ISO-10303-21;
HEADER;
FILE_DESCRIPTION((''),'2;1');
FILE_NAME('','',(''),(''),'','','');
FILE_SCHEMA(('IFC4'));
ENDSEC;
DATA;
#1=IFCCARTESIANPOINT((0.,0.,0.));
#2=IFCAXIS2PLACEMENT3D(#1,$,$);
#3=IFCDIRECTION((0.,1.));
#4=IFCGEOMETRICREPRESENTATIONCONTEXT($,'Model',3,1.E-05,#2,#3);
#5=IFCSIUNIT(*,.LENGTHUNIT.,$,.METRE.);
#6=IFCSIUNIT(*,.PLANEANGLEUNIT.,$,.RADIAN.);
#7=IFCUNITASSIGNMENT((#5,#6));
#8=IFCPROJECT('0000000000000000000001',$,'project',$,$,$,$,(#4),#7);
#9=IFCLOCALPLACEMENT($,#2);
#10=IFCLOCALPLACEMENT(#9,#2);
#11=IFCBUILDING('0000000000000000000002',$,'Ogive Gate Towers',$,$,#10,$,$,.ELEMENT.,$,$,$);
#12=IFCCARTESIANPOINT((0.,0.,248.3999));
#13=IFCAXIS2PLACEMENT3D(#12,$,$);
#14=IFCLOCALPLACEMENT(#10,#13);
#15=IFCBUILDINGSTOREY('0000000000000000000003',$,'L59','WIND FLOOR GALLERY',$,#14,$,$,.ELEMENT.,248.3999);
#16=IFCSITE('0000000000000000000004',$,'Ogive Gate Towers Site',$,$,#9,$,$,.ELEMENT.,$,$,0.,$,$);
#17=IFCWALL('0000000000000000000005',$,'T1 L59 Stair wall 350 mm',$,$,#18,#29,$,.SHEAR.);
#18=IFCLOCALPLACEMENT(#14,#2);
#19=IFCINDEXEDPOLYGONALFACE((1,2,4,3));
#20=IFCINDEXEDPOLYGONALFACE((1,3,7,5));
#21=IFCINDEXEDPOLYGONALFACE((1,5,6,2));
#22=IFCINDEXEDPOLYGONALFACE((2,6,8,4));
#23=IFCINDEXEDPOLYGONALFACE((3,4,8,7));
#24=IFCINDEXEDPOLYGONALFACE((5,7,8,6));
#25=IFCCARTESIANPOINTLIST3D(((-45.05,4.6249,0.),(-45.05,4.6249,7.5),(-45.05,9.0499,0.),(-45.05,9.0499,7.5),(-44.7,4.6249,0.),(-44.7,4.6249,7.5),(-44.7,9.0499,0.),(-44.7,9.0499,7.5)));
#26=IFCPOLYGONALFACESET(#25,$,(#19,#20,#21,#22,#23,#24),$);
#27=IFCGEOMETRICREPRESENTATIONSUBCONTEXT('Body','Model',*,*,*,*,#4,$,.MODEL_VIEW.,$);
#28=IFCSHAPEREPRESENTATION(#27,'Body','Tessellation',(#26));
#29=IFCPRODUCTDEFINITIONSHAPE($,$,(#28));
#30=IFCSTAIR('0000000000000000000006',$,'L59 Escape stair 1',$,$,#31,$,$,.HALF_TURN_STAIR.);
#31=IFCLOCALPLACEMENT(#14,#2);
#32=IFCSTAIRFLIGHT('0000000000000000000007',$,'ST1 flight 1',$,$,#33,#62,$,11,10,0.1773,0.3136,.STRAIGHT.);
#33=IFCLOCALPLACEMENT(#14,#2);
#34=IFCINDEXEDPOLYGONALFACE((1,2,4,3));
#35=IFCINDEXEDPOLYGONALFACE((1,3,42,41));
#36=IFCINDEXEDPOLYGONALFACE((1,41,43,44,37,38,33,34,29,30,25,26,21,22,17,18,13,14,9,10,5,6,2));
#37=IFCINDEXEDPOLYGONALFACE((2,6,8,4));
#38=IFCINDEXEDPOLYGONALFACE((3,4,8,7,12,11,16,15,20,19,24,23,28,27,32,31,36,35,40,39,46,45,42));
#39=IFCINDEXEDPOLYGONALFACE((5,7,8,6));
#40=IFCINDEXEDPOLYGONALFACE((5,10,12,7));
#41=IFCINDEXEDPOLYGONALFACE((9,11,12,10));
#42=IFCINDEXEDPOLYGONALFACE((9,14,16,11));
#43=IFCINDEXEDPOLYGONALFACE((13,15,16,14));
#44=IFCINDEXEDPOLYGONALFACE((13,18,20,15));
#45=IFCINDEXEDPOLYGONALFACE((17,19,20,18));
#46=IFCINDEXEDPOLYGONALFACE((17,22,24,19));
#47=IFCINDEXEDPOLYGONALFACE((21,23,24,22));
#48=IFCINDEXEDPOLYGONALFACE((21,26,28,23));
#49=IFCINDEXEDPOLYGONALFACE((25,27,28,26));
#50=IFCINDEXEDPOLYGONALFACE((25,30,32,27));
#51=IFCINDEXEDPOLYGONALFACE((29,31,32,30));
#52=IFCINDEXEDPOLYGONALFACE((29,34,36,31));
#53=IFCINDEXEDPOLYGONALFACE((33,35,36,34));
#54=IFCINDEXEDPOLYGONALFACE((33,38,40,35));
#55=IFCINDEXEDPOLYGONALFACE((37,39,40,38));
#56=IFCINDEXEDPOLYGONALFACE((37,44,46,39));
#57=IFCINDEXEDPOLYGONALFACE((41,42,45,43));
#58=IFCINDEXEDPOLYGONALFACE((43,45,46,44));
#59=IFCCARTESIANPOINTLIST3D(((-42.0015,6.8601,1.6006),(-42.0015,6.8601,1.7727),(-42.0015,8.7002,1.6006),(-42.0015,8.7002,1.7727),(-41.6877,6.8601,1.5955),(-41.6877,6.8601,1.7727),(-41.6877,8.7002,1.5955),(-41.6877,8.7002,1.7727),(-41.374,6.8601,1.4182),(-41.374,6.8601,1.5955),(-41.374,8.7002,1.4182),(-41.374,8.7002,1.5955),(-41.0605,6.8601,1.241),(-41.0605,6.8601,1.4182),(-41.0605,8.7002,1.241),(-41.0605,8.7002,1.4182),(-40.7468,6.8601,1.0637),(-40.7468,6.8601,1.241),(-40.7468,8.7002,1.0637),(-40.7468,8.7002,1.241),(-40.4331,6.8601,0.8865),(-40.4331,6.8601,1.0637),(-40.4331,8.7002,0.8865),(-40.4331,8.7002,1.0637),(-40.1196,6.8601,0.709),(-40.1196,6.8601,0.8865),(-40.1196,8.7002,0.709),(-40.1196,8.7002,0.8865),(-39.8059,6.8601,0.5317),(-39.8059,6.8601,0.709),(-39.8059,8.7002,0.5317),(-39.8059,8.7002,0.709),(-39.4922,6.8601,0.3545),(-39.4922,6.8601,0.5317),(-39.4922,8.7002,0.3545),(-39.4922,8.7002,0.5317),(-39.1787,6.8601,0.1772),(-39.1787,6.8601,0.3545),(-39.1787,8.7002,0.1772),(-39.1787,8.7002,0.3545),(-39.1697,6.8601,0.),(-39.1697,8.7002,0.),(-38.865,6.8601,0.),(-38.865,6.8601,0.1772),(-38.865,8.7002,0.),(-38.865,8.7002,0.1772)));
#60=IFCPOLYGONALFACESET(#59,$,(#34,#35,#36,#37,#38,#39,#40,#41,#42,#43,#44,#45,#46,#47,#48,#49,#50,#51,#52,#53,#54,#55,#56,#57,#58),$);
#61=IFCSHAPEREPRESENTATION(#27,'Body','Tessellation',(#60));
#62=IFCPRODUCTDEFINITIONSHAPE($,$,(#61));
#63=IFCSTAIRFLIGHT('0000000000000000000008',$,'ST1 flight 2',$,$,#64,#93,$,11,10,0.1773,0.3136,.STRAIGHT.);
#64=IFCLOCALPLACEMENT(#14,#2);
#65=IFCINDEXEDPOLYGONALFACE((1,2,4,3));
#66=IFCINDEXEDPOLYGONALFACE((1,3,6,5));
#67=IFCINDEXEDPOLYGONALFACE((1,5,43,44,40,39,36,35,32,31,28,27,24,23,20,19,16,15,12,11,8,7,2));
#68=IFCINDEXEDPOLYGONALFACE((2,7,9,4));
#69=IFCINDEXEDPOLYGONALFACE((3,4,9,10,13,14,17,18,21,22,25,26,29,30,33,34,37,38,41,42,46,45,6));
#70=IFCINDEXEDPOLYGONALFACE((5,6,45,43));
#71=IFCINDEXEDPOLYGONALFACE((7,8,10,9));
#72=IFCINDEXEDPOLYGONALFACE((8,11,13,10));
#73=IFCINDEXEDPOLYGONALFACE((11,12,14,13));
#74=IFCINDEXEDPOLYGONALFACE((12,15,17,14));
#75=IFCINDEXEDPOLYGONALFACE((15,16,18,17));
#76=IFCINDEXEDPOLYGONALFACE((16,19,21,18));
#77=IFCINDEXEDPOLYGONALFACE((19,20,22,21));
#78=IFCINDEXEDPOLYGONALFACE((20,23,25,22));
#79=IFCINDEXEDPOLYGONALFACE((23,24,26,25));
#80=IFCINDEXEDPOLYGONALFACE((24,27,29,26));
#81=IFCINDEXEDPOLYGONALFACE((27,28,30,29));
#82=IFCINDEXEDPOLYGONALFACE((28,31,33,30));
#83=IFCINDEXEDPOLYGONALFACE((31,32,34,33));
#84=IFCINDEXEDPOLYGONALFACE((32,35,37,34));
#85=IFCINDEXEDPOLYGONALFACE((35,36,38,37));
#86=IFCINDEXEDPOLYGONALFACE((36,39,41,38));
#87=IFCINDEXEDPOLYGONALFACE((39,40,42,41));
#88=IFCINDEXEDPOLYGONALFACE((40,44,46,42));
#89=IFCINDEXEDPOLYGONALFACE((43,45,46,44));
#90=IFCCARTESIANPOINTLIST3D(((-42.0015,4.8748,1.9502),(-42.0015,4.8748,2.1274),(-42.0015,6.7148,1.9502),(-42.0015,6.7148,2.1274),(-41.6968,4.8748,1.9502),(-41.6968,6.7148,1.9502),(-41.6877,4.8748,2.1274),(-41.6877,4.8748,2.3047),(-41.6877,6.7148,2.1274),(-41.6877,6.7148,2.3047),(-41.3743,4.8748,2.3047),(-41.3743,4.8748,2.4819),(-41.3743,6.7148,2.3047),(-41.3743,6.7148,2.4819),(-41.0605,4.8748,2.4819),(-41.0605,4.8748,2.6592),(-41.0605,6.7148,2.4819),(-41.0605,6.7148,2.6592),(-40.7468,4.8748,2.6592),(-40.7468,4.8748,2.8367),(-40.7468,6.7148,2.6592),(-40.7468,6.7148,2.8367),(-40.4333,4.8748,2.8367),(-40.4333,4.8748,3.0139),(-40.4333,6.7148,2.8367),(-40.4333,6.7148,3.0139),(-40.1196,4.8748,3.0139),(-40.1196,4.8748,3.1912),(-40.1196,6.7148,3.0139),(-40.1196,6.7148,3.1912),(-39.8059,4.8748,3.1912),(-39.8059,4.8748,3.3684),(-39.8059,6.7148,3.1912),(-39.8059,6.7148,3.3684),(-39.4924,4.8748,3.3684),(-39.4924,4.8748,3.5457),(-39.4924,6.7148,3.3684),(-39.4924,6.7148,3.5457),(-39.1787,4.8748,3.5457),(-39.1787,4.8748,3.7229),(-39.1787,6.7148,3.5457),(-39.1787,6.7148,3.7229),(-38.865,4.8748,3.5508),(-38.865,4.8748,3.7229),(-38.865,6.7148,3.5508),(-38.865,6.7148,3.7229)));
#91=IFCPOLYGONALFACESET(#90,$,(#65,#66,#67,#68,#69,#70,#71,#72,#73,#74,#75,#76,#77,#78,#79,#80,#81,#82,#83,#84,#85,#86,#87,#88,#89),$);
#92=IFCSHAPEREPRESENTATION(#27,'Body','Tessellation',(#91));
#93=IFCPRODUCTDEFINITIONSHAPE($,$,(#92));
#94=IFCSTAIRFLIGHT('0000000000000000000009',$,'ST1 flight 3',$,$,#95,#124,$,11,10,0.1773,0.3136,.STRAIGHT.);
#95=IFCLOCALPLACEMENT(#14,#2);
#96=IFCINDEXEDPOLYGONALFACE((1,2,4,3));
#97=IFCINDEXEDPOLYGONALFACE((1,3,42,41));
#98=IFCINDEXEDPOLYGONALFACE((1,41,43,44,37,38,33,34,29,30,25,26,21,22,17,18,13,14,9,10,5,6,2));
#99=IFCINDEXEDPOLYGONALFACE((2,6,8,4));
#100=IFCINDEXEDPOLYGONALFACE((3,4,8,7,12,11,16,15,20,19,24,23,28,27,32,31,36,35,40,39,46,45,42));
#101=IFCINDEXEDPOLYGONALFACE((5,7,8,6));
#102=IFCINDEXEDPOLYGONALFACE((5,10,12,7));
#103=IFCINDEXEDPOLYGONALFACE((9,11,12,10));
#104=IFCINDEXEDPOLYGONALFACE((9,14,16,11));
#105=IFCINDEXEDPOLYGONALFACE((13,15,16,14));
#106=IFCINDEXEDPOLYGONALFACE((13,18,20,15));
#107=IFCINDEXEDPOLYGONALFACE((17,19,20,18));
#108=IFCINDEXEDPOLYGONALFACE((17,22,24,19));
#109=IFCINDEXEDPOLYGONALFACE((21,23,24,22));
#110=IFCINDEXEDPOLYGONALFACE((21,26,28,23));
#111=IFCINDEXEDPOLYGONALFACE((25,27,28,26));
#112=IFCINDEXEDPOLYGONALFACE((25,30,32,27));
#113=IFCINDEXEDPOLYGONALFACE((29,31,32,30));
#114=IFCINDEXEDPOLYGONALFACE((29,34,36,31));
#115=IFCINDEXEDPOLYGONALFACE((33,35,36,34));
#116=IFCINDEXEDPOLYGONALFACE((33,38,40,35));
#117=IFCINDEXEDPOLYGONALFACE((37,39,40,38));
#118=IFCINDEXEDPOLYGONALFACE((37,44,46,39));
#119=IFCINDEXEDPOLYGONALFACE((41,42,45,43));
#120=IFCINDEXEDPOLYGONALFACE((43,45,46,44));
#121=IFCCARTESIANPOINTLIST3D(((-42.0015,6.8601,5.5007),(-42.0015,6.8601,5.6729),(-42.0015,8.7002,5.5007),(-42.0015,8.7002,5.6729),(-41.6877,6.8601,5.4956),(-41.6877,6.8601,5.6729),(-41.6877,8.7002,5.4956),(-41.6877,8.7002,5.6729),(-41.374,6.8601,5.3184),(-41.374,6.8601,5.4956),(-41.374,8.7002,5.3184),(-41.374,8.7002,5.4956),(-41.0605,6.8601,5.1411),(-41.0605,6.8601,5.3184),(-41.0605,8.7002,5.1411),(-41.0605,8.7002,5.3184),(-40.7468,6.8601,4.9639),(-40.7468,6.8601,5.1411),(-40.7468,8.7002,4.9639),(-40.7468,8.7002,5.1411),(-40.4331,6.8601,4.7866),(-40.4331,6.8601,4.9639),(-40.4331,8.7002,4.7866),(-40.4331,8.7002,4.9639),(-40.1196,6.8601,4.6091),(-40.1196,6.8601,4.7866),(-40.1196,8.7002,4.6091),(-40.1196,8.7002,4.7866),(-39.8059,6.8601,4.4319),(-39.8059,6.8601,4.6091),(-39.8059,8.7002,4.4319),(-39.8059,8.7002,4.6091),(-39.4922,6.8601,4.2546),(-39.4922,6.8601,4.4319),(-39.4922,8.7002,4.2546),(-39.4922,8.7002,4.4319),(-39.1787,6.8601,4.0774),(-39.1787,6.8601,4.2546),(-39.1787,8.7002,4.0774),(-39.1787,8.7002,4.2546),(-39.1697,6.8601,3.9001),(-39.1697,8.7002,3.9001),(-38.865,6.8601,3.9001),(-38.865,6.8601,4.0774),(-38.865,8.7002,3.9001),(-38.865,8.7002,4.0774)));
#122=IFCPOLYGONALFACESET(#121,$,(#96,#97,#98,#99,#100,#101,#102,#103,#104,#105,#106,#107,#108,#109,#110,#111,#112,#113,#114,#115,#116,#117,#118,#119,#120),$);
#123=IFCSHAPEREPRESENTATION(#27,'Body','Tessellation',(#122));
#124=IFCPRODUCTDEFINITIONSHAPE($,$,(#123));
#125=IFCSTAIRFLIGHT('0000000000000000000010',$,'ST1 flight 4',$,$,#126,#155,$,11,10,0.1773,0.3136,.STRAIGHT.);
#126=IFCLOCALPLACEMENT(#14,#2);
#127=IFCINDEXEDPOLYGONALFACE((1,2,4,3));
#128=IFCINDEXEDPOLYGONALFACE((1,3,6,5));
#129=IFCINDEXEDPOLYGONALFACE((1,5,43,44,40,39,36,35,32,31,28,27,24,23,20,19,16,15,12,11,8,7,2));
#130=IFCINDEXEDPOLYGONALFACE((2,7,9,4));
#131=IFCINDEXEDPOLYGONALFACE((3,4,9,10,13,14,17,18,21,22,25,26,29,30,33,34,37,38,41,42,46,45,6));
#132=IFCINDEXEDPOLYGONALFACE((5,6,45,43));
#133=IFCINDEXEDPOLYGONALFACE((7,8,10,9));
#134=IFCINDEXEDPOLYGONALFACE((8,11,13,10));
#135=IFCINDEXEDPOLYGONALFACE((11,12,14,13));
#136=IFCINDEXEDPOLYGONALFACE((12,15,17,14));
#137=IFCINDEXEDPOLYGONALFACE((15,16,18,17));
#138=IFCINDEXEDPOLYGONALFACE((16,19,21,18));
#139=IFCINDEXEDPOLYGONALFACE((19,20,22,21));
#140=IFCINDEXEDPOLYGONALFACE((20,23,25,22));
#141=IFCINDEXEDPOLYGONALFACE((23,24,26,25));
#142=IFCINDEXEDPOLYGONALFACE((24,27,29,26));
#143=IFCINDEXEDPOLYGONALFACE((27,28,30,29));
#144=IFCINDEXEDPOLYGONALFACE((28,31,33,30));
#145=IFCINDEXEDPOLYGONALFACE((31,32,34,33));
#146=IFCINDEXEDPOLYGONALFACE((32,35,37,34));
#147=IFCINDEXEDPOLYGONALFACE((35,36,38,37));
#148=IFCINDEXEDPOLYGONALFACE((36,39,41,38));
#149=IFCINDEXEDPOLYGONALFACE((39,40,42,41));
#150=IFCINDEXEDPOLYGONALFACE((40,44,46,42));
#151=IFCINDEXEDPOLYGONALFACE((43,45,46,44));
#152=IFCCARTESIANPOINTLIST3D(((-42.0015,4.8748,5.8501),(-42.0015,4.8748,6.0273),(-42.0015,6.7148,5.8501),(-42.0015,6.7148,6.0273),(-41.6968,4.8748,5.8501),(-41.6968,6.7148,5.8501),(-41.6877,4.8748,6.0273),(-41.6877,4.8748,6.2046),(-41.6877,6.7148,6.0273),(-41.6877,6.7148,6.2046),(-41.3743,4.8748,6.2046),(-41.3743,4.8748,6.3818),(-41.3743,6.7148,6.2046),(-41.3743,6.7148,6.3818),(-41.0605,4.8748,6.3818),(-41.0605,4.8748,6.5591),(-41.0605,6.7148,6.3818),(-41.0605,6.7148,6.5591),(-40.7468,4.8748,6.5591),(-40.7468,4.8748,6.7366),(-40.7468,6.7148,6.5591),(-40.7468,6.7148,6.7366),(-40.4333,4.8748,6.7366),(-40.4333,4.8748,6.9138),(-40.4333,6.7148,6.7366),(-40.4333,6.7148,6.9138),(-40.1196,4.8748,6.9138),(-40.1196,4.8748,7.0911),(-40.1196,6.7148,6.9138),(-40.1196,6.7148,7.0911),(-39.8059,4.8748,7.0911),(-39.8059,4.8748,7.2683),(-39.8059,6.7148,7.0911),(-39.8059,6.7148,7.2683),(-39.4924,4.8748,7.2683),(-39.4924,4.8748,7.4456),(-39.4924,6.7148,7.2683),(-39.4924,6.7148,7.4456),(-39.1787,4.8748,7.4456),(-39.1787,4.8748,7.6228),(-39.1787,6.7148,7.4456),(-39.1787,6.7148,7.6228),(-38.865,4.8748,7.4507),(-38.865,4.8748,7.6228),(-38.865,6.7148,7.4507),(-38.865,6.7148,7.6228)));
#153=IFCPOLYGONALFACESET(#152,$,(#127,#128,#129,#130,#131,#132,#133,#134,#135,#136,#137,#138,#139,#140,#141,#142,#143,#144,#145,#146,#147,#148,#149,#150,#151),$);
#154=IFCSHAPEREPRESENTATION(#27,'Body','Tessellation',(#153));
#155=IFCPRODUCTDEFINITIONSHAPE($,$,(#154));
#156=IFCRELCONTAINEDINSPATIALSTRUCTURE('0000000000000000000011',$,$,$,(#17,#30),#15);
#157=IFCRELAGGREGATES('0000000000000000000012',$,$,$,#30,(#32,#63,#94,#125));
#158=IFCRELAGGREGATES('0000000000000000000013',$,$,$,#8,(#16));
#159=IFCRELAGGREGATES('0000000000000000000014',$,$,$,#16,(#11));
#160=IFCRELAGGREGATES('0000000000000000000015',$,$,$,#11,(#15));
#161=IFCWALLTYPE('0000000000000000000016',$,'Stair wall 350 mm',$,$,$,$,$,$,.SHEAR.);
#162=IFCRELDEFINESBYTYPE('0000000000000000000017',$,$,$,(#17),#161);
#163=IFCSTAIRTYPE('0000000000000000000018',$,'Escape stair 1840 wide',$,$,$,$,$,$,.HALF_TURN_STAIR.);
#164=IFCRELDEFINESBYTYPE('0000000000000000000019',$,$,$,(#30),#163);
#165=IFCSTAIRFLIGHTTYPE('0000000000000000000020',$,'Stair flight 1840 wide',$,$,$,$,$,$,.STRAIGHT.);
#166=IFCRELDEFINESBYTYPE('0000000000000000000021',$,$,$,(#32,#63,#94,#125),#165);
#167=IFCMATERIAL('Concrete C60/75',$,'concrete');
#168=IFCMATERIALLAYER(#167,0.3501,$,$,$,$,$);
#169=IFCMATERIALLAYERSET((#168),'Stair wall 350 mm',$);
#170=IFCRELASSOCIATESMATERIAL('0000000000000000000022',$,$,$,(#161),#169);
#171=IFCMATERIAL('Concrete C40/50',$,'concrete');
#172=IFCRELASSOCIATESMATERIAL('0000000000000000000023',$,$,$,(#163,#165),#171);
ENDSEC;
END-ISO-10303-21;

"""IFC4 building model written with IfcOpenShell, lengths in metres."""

from ifc_helpers import new_model, si_unit, direction, frame, frame_2d, origin, place, context, subcontext, project, spatial, polyline, rectangle, outline, extrude, material, layer, layer_set, type_object, element, aggregate, save


model = new_model("IFC4")

# Units and contexts
model_context = context("Model", 3, precision=1e-05, world=origin(), true_north=direction((0.0, 1.0)))
body_context = subcontext(model_context, "Body", "Model", "MODEL_VIEW")
ifc_project = project(units=[si_unit("LENGTHUNIT", "METRE"), si_unit("PLANEANGLEUNIT", "RADIAN")], contexts=[model_context])

# Site, building, storey
site_placement = place(None, origin())
site = spatial("IfcSite", under=ifc_project, at=site_placement, Name="Ogive Gate Towers Site", CompositionType="ELEMENT", RefElevation=0.0)
building_placement = place(site_placement, origin())
building = spatial("IfcBuilding", under=site, at=building_placement, Name="Ogive Gate Towers", CompositionType="ELEMENT")
storey_placement = place(building_placement, frame((0.0, 0.0, 248.3999)))
storey = spatial("IfcBuildingStorey", under=building, at=storey_placement, Name="L59", Description="WIND FLOOR GALLERY", CompositionType="ELEMENT", Elevation=248.3999)

# Shared definitions
ifc_material_1 = material(Name="Concrete C40/50", Category="concrete")

# Shared definitions
ifc_material_2 = material(Name="Concrete C60/75", Category="concrete")

# Wall
ifc_layer_1 = layer(ifc_material_2, 0.3501)
ifc_layer_set_1 = layer_set([ifc_layer_1], Name="Stair wall 350 mm")
wall_type_1 = type_object("IfcWallType", Name="Stair wall 350 mm", PredefinedType="SHEAR", material=ifc_layer_set_1)
wall_1_placement = place(storey_placement, frame((-44.875, 4.625, 0.0), z_axis=(0.0, 0.0, 1.0), x_axis=(0.0, 1.0, 0.0)))
element("IfcWall", 1, at=wall_1_placement, inside=storey, type_object=wall_type_1, Name="T1 L59 Stair wall 350 mm", PredefinedType="SHEAR", context=body_context, shape_type="SweptSolid", body=[
    extrude(rectangle(XDim=4.425, YDim=0.3501, at=frame_2d((2.2124, 0.0))), origin(), (0.0, 0.0, 1.0), 7.5),
])

# Stair, stair flights
stair_type = type_object("IfcStairType", Name="Escape stair 1840 wide", PredefinedType="HALF_TURN_STAIR", material=ifc_material_1)
stair_placement = place(storey_placement, origin())
stair = element("IfcStair", 2, at=stair_placement, inside=storey, type_object=stair_type, Name="L59 Escape stair 1", PredefinedType="HALF_TURN_STAIR")
stair_flight_type = type_object("IfcStairFlightType", Name="Stair flight 1840 wide", PredefinedType="STRAIGHT", material=ifc_material_1)
stair_flight_1_placement = place(storey_placement, frame((-38.865, 7.78, 0.0), z_axis=(0.0, 0.0, 1.0), x_axis=(-1.0, 0.0, 0.0)))
stair_flight_1 = element("IfcStairFlight", 3, at=stair_flight_1_placement, type_object=stair_flight_type, Name="ST1 flight 1", NumberOfRisers=11, NumberOfTreads=10, PredefinedType="STRAIGHT", RiserHeight=0.1773, TreadLength=0.3136, context=body_context, shape_type="SweptSolid", body=[
    extrude(outline(polyline([(0.0, 0.0), (0.0, 0.1772), (0.3137, 0.1772), (0.3137, 0.3545), (0.6272, 0.3545), (0.6272, 0.5317), (0.9409, 0.5317), (0.9409, 0.709), (1.2546, 0.709), (1.2546, 0.8865), (1.5681, 0.8865), (1.5681, 1.0637), (1.8818, 1.0637), (1.8818, 1.241), (2.1956, 1.241), (2.1956, 1.4182), (2.509, 1.4182), (2.509, 1.5955), (2.8228, 1.5955), (2.8228, 1.7727), (3.1365, 1.7727), (3.1365, 1.95), (3.1365, 1.6006), (0.3047, 0.0), (0.0, 0.0)])), frame((0.0, 0.9199, 0.0), z_axis=(0.0, -1.0, 0.0), x_axis=(1.0, 0.0, 0.0)), (0.0, 0.0, 1.0), 1.8401),
])
stair_flight_2_placement = place(storey_placement, frame((-42.0015, 5.7949, 1.9502), z_axis=(0.0, 0.0, 1.0), x_axis=(1.0, 0.0, 0.0)))
stair_flight_2 = element("IfcStairFlight", 4, at=stair_flight_2_placement, type_object=stair_flight_type, Name="ST1 flight 2", NumberOfRisers=11, NumberOfTreads=10, PredefinedType="STRAIGHT", RiserHeight=0.1773, TreadLength=0.3136, context=body_context, shape_type="SweptSolid", body=[
    extrude(outline(polyline([(0.0, 0.0), (0.0, 0.1772), (0.3137, 0.1772), (0.3137, 0.3545), (0.6272, 0.3545), (0.6272, 0.5317), (0.9409, 0.5317), (0.9409, 0.709), (1.2546, 0.709), (1.2546, 0.8865), (1.5681, 0.8865), (1.5681, 1.0637), (1.8818, 1.0637), (1.8818, 1.241), (2.1956, 1.241), (2.1956, 1.4182), (2.509, 1.4182), (2.509, 1.5955), (2.8228, 1.5955), (2.8228, 1.7727), (3.1365, 1.7727), (3.1365, 1.95), (3.1365, 1.6006), (0.3047, 0.0), (0.0, 0.0)])), frame((0.0, 0.9199, 0.0), z_axis=(0.0, -1.0, 0.0), x_axis=(1.0, 0.0, 0.0)), (0.0, 0.0, 1.0), 1.8401),
])
stair_flight_3_placement = place(storey_placement, frame((-38.865, 7.78, 3.9001), z_axis=(0.0, 0.0, 1.0), x_axis=(-1.0, 0.0, 0.0)))
stair_flight_3 = element("IfcStairFlight", 5, at=stair_flight_3_placement, type_object=stair_flight_type, Name="ST1 flight 3", NumberOfRisers=11, NumberOfTreads=10, PredefinedType="STRAIGHT", RiserHeight=0.1773, TreadLength=0.3136, context=body_context, shape_type="SweptSolid", body=[
    extrude(outline(polyline([(0.0, 0.0), (0.0, 0.1772), (0.3137, 0.1772), (0.3137, 0.3545), (0.6272, 0.3545), (0.6272, 0.5317), (0.9409, 0.5317), (0.9409, 0.709), (1.2546, 0.709), (1.2546, 0.8865), (1.5681, 0.8865), (1.5681, 1.0637), (1.8818, 1.0637), (1.8818, 1.241), (2.1956, 1.241), (2.1956, 1.4182), (2.509, 1.4182), (2.509, 1.5955), (2.8228, 1.5955), (2.8228, 1.7727), (3.1365, 1.7727), (3.1365, 1.95), (3.1365, 1.6006), (0.3047, 0.0), (0.0, 0.0)])), frame((0.0, 0.9199, 0.0), z_axis=(0.0, -1.0, 0.0), x_axis=(1.0, 0.0, 0.0)), (0.0, 0.0, 1.0), 1.8401),
])
stair_flight_4_placement = place(storey_placement, frame((-42.0015, 5.7949, 5.8501), z_axis=(0.0, 0.0, 1.0), x_axis=(1.0, 0.0, 0.0)))
stair_flight_4 = element("IfcStairFlight", 6, at=stair_flight_4_placement, type_object=stair_flight_type, Name="ST1 flight 4", NumberOfRisers=11, NumberOfTreads=10, PredefinedType="STRAIGHT", RiserHeight=0.1773, TreadLength=0.3136, context=body_context, shape_type="SweptSolid", body=[
    extrude(outline(polyline([(0.0, 0.0), (0.0, 0.1772), (0.3137, 0.1772), (0.3137, 0.3545), (0.6272, 0.3545), (0.6272, 0.5317), (0.9409, 0.5317), (0.9409, 0.709), (1.2546, 0.709), (1.2546, 0.8865), (1.5681, 0.8865), (1.5681, 1.0637), (1.8818, 1.0637), (1.8818, 1.241), (2.1956, 1.241), (2.1956, 1.4182), (2.509, 1.4182), (2.509, 1.5955), (2.8228, 1.5955), (2.8228, 1.7727), (3.1365, 1.7727), (3.1365, 1.95), (3.1365, 1.6006), (0.3047, 0.0), (0.0, 0.0)])), frame((0.0, 0.9199, 0.0), z_axis=(0.0, -1.0, 0.0), x_axis=(1.0, 0.0, 0.0)), (0.0, 0.0, 1.0), 1.8401),
])
aggregate(stair, [stair_flight_1, stair_flight_2, stair_flight_3, stair_flight_4])

save(model, "model.ifc")
